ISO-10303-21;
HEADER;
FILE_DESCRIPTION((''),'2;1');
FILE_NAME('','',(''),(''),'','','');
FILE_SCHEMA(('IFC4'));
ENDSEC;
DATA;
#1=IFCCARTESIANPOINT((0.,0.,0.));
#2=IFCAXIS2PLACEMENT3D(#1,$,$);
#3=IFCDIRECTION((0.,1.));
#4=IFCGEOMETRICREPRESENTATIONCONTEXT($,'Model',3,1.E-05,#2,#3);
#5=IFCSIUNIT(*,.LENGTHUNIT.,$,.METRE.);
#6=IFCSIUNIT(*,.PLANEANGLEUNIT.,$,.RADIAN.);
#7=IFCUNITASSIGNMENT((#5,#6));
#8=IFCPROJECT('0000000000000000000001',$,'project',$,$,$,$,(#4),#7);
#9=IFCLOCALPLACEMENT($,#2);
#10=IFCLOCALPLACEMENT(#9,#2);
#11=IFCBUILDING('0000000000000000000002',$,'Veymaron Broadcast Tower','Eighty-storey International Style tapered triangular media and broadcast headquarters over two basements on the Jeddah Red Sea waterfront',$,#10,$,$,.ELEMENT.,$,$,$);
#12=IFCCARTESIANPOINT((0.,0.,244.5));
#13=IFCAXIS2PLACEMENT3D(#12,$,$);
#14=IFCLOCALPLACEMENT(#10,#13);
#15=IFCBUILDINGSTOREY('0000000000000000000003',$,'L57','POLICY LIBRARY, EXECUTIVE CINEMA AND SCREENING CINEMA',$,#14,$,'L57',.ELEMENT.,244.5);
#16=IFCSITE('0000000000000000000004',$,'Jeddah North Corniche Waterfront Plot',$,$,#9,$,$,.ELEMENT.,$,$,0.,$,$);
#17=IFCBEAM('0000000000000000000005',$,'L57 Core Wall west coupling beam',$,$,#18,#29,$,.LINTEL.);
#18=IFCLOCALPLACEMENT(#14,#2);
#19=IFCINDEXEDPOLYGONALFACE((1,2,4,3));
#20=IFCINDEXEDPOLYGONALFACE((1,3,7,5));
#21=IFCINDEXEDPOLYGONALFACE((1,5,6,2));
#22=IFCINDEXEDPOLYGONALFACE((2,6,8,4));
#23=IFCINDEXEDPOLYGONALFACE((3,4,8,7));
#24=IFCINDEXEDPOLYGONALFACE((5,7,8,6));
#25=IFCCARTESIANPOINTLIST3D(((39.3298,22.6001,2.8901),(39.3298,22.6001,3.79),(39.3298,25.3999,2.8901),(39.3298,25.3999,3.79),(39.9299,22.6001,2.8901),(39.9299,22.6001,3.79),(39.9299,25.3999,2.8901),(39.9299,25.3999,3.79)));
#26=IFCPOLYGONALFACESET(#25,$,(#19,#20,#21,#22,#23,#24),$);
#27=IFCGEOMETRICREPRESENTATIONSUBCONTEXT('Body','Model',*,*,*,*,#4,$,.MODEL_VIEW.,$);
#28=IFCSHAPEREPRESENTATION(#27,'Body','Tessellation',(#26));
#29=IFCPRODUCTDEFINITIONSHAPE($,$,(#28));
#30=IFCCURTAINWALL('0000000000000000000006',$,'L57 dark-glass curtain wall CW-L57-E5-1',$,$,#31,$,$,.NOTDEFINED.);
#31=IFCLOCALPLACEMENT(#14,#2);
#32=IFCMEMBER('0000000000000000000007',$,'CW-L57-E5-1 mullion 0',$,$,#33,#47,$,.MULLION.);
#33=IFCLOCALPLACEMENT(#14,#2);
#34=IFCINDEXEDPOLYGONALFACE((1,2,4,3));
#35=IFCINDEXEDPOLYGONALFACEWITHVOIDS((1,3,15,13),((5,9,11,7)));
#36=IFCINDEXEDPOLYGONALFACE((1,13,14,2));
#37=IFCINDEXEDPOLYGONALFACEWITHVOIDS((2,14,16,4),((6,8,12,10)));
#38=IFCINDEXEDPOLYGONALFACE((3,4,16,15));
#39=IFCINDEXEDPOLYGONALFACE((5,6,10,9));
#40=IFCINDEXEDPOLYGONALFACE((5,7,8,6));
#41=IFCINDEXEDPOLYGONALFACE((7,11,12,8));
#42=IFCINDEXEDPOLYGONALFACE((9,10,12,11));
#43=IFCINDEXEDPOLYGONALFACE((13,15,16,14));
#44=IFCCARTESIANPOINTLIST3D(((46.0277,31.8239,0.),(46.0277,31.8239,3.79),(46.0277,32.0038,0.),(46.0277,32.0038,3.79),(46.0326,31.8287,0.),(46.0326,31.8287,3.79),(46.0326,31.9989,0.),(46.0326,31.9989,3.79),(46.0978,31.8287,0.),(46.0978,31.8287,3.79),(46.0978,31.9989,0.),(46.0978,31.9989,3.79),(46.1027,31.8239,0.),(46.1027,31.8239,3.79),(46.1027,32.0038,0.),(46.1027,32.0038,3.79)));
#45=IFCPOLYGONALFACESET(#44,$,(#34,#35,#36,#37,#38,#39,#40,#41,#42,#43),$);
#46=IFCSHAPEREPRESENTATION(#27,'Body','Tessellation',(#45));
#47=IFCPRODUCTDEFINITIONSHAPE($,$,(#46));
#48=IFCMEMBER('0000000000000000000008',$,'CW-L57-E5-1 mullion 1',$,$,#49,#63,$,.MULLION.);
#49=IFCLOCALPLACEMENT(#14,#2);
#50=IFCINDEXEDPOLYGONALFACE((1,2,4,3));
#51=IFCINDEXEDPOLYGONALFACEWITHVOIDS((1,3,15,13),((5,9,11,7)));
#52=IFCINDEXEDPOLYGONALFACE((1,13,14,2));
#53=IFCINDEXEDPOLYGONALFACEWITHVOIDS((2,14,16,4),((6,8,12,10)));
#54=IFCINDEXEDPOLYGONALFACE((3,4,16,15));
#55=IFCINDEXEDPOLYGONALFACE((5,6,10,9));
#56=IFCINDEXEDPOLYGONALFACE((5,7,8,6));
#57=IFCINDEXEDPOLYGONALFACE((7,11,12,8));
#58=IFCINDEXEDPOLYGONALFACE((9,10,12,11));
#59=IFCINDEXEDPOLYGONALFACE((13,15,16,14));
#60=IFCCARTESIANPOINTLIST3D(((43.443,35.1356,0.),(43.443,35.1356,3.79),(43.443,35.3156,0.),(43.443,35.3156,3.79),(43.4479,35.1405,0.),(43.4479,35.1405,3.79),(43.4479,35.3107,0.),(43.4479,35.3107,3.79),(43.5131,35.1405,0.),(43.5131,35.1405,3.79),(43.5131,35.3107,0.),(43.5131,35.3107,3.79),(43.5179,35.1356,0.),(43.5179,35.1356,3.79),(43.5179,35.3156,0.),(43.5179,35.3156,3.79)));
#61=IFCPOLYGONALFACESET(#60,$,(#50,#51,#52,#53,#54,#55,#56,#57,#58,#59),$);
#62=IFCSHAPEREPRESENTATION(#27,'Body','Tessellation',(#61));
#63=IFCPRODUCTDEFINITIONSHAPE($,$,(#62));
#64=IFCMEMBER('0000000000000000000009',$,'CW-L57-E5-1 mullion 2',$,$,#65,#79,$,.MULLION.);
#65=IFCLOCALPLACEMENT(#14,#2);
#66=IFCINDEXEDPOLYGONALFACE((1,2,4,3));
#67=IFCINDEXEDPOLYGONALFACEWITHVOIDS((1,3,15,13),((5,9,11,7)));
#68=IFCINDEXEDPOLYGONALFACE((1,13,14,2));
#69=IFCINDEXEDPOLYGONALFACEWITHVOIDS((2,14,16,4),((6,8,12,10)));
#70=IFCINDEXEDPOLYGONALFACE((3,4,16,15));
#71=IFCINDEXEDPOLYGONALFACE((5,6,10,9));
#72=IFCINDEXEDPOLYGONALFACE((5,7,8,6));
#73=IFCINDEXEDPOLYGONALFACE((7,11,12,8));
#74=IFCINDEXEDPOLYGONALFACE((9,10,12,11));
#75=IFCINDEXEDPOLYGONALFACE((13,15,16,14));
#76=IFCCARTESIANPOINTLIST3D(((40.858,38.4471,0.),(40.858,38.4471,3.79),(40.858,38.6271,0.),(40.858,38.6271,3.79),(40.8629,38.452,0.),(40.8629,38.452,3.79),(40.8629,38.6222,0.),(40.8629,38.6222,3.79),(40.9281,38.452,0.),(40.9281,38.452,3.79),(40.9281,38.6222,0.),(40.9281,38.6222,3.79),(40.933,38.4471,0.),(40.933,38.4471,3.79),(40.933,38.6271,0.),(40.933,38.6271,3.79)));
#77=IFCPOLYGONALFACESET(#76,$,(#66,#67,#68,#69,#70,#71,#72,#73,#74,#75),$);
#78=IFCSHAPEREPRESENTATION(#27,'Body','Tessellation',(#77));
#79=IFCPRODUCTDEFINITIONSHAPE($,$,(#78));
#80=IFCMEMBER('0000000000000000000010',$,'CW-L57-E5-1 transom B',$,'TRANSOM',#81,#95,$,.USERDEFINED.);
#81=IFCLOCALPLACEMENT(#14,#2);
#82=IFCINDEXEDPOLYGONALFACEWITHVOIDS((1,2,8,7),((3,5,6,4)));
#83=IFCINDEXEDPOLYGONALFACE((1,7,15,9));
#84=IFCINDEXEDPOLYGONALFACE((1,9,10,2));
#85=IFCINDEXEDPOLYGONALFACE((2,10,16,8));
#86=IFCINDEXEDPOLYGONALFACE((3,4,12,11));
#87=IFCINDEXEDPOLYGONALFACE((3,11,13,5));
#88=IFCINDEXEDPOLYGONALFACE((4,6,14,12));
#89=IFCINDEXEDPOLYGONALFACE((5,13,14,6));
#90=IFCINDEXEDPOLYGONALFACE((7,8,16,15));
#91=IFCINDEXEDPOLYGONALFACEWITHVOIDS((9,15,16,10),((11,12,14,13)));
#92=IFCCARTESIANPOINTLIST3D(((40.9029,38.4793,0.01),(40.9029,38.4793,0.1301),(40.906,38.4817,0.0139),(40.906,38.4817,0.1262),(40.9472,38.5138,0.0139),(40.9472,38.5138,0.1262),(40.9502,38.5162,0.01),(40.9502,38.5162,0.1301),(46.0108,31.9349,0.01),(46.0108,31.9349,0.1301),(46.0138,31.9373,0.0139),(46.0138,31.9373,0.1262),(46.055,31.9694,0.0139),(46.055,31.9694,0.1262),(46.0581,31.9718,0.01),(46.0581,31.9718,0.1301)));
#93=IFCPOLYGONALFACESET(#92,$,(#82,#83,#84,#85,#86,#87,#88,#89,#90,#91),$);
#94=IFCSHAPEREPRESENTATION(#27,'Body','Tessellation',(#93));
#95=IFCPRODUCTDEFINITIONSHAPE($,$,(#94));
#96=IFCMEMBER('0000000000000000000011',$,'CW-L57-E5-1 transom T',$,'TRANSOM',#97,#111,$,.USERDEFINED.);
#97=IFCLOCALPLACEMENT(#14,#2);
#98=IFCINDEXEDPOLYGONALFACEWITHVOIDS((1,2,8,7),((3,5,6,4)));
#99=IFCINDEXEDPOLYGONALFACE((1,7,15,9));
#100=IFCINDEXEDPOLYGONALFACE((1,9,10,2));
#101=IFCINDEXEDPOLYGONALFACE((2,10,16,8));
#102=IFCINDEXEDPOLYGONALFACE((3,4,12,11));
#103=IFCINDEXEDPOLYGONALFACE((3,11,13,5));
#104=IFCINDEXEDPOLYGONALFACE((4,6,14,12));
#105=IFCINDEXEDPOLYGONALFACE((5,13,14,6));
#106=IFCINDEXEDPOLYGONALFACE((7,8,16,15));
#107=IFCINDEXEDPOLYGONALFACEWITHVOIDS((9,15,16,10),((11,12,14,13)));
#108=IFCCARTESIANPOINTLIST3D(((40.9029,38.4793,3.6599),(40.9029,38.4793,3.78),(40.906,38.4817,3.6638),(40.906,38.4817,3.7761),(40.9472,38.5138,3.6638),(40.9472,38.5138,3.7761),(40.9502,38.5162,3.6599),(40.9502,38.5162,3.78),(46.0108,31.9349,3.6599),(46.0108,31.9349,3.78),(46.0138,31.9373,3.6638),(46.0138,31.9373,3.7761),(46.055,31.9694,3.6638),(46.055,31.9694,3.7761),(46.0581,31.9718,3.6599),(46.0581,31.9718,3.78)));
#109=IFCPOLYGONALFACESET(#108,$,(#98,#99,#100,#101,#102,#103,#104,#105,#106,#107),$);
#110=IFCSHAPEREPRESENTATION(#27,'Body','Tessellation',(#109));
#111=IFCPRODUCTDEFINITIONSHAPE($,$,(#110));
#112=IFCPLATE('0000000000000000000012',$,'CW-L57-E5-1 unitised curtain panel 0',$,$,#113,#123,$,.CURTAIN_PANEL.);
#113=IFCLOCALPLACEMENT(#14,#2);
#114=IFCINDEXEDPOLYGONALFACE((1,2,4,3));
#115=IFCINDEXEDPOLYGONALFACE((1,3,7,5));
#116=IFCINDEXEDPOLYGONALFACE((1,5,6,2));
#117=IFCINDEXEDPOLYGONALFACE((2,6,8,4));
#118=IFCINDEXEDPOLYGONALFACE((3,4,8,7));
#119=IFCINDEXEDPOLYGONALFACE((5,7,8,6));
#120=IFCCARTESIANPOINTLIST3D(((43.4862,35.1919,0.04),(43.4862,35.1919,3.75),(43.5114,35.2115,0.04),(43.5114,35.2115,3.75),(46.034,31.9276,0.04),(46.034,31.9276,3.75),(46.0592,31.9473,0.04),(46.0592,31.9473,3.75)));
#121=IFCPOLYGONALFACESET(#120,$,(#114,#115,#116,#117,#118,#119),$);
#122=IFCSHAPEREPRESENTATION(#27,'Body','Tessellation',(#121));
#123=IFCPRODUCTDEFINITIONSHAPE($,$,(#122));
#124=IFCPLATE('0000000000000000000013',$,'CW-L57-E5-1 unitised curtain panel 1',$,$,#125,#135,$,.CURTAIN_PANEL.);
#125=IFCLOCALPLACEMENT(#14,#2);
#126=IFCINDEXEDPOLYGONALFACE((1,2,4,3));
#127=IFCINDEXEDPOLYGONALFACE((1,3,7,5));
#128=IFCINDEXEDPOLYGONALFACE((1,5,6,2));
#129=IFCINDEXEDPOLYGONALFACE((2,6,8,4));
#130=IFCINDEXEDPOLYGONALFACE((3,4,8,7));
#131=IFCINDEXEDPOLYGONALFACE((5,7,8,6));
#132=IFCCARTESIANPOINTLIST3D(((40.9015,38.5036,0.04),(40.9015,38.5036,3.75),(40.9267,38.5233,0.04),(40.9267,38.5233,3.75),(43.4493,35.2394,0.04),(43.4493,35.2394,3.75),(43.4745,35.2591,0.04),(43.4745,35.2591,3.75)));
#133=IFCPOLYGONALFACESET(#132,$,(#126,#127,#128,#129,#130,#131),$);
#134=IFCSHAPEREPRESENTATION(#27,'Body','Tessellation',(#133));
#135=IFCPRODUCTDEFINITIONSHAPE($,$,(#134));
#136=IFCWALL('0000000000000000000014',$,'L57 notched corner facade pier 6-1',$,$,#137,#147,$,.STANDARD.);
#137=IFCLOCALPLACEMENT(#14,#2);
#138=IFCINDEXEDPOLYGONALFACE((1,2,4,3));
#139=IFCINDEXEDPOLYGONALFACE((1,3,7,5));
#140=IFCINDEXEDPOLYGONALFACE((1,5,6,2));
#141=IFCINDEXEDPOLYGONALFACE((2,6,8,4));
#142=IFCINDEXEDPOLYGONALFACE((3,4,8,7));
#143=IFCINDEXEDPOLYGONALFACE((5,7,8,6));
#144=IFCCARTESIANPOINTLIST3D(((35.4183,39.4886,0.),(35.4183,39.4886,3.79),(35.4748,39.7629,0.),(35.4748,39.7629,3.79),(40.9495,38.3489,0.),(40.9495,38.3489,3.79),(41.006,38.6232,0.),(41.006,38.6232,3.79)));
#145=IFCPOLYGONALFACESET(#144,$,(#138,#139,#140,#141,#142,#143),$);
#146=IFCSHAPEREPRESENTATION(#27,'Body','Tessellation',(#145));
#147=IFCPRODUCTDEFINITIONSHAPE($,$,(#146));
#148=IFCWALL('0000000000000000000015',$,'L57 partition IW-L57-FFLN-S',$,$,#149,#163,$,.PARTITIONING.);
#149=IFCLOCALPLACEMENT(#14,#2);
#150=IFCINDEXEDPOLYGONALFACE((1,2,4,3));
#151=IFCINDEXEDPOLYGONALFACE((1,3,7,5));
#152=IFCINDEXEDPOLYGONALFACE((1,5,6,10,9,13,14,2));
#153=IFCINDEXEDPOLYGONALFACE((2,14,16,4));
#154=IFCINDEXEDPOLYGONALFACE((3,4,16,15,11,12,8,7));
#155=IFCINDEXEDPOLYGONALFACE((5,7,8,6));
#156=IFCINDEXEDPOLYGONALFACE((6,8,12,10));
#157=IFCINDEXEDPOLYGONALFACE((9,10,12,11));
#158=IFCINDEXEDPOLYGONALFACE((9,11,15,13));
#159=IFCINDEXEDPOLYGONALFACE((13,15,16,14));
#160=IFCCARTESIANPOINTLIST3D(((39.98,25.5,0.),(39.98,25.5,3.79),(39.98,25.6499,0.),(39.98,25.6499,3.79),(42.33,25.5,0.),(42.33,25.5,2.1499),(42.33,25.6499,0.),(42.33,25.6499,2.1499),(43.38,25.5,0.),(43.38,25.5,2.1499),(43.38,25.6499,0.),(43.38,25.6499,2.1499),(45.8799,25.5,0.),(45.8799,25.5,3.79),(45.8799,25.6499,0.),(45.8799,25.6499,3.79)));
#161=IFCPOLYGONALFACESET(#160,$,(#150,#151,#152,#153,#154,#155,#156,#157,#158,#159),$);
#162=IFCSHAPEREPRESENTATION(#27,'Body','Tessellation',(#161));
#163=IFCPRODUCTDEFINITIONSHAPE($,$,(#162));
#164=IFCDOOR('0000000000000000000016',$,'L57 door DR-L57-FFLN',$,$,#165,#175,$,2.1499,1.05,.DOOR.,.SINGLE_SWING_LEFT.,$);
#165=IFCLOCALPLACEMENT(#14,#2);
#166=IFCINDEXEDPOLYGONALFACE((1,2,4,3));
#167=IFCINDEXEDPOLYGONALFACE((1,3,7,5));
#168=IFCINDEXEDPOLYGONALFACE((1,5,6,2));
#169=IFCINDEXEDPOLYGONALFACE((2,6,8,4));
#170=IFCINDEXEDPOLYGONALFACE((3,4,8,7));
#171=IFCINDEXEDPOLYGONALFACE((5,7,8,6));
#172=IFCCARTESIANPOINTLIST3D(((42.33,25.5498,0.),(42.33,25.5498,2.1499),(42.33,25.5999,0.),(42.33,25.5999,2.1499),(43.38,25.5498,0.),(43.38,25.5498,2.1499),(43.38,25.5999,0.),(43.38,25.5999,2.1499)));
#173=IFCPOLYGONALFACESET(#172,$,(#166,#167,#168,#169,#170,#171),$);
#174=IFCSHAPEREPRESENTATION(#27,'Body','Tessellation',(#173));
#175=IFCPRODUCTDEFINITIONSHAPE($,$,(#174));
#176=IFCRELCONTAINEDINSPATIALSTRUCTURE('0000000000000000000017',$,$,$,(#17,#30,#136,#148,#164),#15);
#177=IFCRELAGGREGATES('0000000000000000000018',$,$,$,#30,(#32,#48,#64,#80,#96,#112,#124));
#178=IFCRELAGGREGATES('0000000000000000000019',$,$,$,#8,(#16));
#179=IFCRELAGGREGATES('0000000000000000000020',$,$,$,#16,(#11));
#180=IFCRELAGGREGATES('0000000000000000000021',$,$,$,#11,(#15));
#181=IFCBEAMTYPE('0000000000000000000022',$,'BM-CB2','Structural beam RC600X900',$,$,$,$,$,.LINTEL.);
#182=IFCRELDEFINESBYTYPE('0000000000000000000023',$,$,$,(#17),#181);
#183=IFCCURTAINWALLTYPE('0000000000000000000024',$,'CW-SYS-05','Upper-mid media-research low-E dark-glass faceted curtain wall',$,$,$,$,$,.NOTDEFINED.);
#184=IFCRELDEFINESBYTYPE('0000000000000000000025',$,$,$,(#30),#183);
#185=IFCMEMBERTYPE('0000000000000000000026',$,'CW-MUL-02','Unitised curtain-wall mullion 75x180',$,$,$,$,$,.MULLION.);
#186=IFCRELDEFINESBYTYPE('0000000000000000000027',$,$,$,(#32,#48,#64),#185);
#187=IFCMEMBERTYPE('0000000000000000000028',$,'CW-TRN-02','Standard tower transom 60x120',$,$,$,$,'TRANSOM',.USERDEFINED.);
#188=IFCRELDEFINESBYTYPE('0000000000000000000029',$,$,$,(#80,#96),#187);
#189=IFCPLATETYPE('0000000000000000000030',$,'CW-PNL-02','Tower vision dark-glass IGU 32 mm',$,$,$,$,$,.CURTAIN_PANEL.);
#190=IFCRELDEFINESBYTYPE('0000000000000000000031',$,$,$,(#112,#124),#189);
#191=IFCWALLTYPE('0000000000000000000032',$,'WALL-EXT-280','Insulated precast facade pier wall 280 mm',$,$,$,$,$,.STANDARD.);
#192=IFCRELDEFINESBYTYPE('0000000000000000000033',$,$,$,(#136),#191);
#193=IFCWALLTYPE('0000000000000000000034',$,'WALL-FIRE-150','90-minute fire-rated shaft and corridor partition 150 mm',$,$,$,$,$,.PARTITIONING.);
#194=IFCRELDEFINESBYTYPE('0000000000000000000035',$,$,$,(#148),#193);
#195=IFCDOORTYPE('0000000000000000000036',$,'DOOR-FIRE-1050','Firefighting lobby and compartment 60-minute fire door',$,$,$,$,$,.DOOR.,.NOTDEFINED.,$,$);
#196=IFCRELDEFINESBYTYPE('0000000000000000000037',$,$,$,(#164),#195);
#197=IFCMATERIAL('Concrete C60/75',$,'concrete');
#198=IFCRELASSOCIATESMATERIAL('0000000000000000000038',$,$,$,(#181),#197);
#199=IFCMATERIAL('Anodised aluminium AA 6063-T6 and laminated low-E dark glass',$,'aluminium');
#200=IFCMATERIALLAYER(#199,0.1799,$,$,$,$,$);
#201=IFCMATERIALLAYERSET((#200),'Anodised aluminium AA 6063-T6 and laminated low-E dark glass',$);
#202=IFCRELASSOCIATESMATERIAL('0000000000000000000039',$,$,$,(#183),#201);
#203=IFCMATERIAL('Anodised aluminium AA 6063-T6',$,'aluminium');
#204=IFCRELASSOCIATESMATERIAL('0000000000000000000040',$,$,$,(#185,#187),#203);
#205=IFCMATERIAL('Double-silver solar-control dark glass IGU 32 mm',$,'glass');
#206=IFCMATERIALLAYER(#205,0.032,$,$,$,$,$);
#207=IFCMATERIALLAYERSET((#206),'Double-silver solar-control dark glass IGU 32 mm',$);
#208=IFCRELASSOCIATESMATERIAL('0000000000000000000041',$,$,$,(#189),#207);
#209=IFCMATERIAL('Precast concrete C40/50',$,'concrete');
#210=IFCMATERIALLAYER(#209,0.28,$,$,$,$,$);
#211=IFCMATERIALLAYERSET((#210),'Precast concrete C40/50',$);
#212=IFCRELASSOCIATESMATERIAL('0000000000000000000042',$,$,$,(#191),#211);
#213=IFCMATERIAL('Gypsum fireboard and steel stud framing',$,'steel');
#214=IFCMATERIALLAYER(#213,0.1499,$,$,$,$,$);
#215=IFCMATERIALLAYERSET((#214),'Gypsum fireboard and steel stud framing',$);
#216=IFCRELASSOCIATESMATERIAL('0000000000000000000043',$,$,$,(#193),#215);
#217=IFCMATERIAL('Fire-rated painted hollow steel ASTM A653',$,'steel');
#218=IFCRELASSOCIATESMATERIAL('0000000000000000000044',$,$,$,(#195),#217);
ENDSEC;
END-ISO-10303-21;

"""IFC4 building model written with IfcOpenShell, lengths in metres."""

from ifc_helpers import new_model, si_unit, direction, frame, frame_2d, origin, origin_2d, place, context, subcontext, project, spatial, rectangle, hollow_rectangle, extrude, material, layer, layer_set, material_profile, profile_set, type_object, element, fill, aggregate, save


model = new_model("IFC4")

# Units and contexts
model_context = context("Model", 3, precision=1e-05, world=origin(), true_north=direction((0.0, 1.0)))
body_context = subcontext(model_context, "Body", "Model", "MODEL_VIEW")
ifc_project = project(units=[si_unit("LENGTHUNIT", "METRE"), si_unit("PLANEANGLEUNIT", "RADIAN")], contexts=[model_context])

# Site, building, storey
site_placement = place(None, origin())
site = spatial("IfcSite", under=ifc_project, at=site_placement, Name="Jeddah North Corniche Waterfront Plot", CompositionType="ELEMENT", RefElevation=0.0)
building_placement = place(site_placement, origin())
building = spatial("IfcBuilding", under=site, at=building_placement, Name="Veymaron Broadcast Tower", Description="Eighty-storey International Style tapered triangular media and broadcast headquarters over two basements on the Jeddah Red Sea waterfront", CompositionType="ELEMENT")
storey_placement = place(building_placement, frame((0.0, 0.0, 244.5)))
storey = spatial("IfcBuildingStorey", under=building, at=storey_placement, Name="L57", Description="POLICY LIBRARY, EXECUTIVE CINEMA AND SCREENING CINEMA", LongName="L57", CompositionType="ELEMENT", Elevation=244.5)

# Beam
ifc_material_1 = material(Name="Concrete C60/75", Category="concrete")
ifc_material_profile_1 = material_profile(ifc_material_1, rectangle(XDim=0.6001, YDim=0.8999, at=origin_2d()), Name="RC600X900")
ifc_profile_set_1 = profile_set([ifc_material_profile_1], Name="Concrete C60/75")
beam_type = type_object("IfcBeamType", Name="BM-CB2", Description="Structural beam RC600X900", PredefinedType="LINTEL", material=ifc_profile_set_1)
beam_placement = place(storey_placement, frame((39.6299, 22.6001, 3.3401), z_axis=(0.0, 1.0, 0.0), x_axis=(-1.0, 0.0, 0.0)))
element("IfcBeam", 1, at=beam_placement, inside=storey, type_object=beam_type, Name="L57 Core Wall west coupling beam", PredefinedType="LINTEL", context=body_context, shape_type="SweptSolid", body=[
    extrude(rectangle(XDim=0.6001, YDim=0.8999, at=origin_2d()), origin(), (0.0, 0.0, 1.0), 2.7998),
])

# Curtain wall, members, plates
ifc_material_2 = material(Name="Anodised aluminium AA 6063-T6 and laminated low-E dark glass", Category="aluminium")
ifc_layer_1 = layer(ifc_material_2, 0.1799)
ifc_layer_set_1 = layer_set([ifc_layer_1], Name="Anodised aluminium AA 6063-T6 and laminated low-E dark glass")
curtain_wall_type = type_object("IfcCurtainWallType", Name="CW-SYS-05", Description="Upper-mid media-research low-E dark-glass faceted curtain wall", PredefinedType="NOTDEFINED", material=ifc_layer_set_1)
curtain_wall_placement = place(storey_placement, origin())
curtain_wall = element("IfcCurtainWall", 2, at=curtain_wall_placement, inside=storey, type_object=curtain_wall_type, Name="L57 dark-glass curtain wall CW-L57-E5-1", PredefinedType="NOTDEFINED")
ifc_material_3 = material(Name="Anodised aluminium AA 6063-T6", Category="aluminium")
ifc_material_profile_2 = material_profile(ifc_material_3, hollow_rectangle(XDim=0.075, YDim=0.1799, WallThickness=0.0049, at=origin_2d()), Name="AL180X75X5")
ifc_profile_set_2 = profile_set([ifc_material_profile_2], Name="Anodised aluminium AA 6063-T6")
member_type_1 = type_object("IfcMemberType", Name="CW-MUL-02", Description="Unitised curtain-wall mullion 75x180", PredefinedType="MULLION", material=ifc_profile_set_2)
member_1_placement = place(storey_placement, frame((46.0652, 31.9138, 0.0), z_axis=(0.0, 0.0, 1.0), x_axis=(1.0, 0.0, 0.0)))
member_1 = element("IfcMember", 3, at=member_1_placement, type_object=member_type_1, Name="CW-L57-E5-1 mullion 0", PredefinedType="MULLION", context=body_context, shape_type="SweptSolid", body=[
    extrude(hollow_rectangle(XDim=0.075, YDim=0.1799, WallThickness=0.0049, at=origin_2d()), origin(), (0.0, 0.0, 1.0), 3.79),
])
member_2_placement = place(storey_placement, frame((43.4805, 35.2256, 0.0), z_axis=(0.0, 0.0, 1.0), x_axis=(1.0, 0.0, 0.0)))
member_2 = element("IfcMember", 4, at=member_2_placement, type_object=member_type_1, Name="CW-L57-E5-1 mullion 1", PredefinedType="MULLION", context=body_context, shape_type="SweptSolid", body=[
    extrude(hollow_rectangle(XDim=0.075, YDim=0.1799, WallThickness=0.0049, at=origin_2d()), origin(), (0.0, 0.0, 1.0), 3.79),
])
member_3_placement = place(storey_placement, frame((40.8955, 38.5371, 0.0), z_axis=(0.0, 0.0, 1.0), x_axis=(1.0, 0.0, 0.0)))
member_3 = element("IfcMember", 5, at=member_3_placement, type_object=member_type_1, Name="CW-L57-E5-1 mullion 2", PredefinedType="MULLION", context=body_context, shape_type="SweptSolid", body=[
    extrude(hollow_rectangle(XDim=0.075, YDim=0.1799, WallThickness=0.0049, at=origin_2d()), origin(), (0.0, 0.0, 1.0), 3.79),
])
ifc_material_profile_3 = material_profile(ifc_material_3, hollow_rectangle(XDim=0.0601, YDim=0.1201, WallThickness=0.0039, at=origin_2d()), Name="AL120X60X4")
ifc_profile_set_3 = profile_set([ifc_material_profile_3], Name="Anodised aluminium AA 6063-T6")
member_type_2 = type_object("IfcMemberType", Name="CW-TRN-02", Description="Standard tower transom 60x120", ElementType="TRANSOM", PredefinedType="USERDEFINED", material=ifc_profile_set_3)
member_4_placement = place(storey_placement, frame((46.0344, 31.9534, 0.0701), z_axis=(-0.615275, 0.788312, 0.0), x_axis=(-0.788312, -0.615275, 0.0)))
member_4 = element("IfcMember", 6, at=member_4_placement, type_object=member_type_2, Name="CW-L57-E5-1 transom B", ObjectType="TRANSOM", PredefinedType="USERDEFINED", context=body_context, shape_type="SweptSolid", body=[
    extrude(hollow_rectangle(XDim=0.0601, YDim=0.1201, WallThickness=0.0039, at=origin_2d()), origin(), (0.0, 0.0, 1.0), 8.3018),
])
member_5_placement = place(storey_placement, frame((46.0344, 31.9534, 3.72), z_axis=(-0.615275, 0.788312, 0.0), x_axis=(-0.788312, -0.615275, 0.0)))
member_5 = element("IfcMember", 7, at=member_5_placement, type_object=member_type_2, Name="CW-L57-E5-1 transom T", ObjectType="TRANSOM", PredefinedType="USERDEFINED", context=body_context, shape_type="SweptSolid", body=[
    extrude(hollow_rectangle(XDim=0.0601, YDim=0.1201, WallThickness=0.0039, at=origin_2d()), origin(), (0.0, 0.0, 1.0), 8.3018),
])
ifc_material_4 = material(Name="Double-silver solar-control dark glass IGU 32 mm", Category="glass")
ifc_layer_2 = layer(ifc_material_4, 0.032)
ifc_layer_set_2 = layer_set([ifc_layer_2], Name="Double-silver solar-control dark glass IGU 32 mm")
plate_type = type_object("IfcPlateType", Name="CW-PNL-02", Description="Tower vision dark-glass IGU 32 mm", PredefinedType="CURTAIN_PANEL", material=ifc_layer_set_2)
plate_1_placement = place(storey_placement, frame((44.7727, 33.5696, 0.04), z_axis=(0.0, 0.0, 1.0), x_axis=(-0.61529, 0.788301, 0.0)))
plate_1 = element("IfcPlate", 8, at=plate_1_placement, type_object=plate_type, Name="CW-L57-E5-1 unitised curtain panel 0", PredefinedType="CURTAIN_PANEL", context=body_context, shape_type="SweptSolid", body=[
    extrude(rectangle(XDim=4.1409, YDim=0.032, at=origin_2d()), origin(), (0.0, 0.0, 1.0), 3.71),
])
plate_2_placement = place(storey_placement, frame((42.188, 36.8813, 0.04), z_axis=(0.0, 0.0, 1.0), x_axis=(-0.61529, 0.788301, 0.0)))
plate_2 = element("IfcPlate", 9, at=plate_2_placement, type_object=plate_type, Name="CW-L57-E5-1 unitised curtain panel 1", PredefinedType="CURTAIN_PANEL", context=body_context, shape_type="SweptSolid", body=[
    extrude(rectangle(XDim=4.1409, YDim=0.032, at=origin_2d()), origin(), (0.0, 0.0, 1.0), 3.71),
])
aggregate(curtain_wall, [member_1, member_2, member_3, member_4, member_5, plate_1, plate_2])

# Wall
ifc_material_5 = material(Name="Precast concrete C40/50", Category="concrete")
ifc_layer_3 = layer(ifc_material_5, 0.28)
ifc_layer_set_3 = layer_set([ifc_layer_3], Name="Precast concrete C40/50")
wall_type_1 = type_object("IfcWallType", Name="WALL-EXT-280", Description="Insulated precast facade pier wall 280 mm", PredefinedType="STANDARD", material=ifc_layer_set_3)
wall_1_placement = place(storey_placement, frame((40.9778, 38.4861, 0.0), z_axis=(0.0, 0.0, 1.0), x_axis=(-0.979427, 0.201799, 0.0)))
element("IfcWall", 10, at=wall_1_placement, inside=storey, type_object=wall_type_1, Name="L57 notched corner facade pier 6-1", PredefinedType="STANDARD", context=body_context, shape_type="SweptSolid", body=[
    extrude(rectangle(XDim=5.6475, YDim=0.28, at=frame_2d((2.8237, 0.0))), origin(), (0.0, 0.0, 1.0), 3.79),
])

# Wall, opening, door
ifc_material_6 = material(Name="Gypsum fireboard and steel stud framing", Category="steel")
ifc_layer_4 = layer(ifc_material_6, 0.1499)
ifc_layer_set_4 = layer_set([ifc_layer_4], Name="Gypsum fireboard and steel stud framing")
wall_type_2 = type_object("IfcWallType", Name="WALL-FIRE-150", Description="90-minute fire-rated shaft and corridor partition 150 mm", PredefinedType="PARTITIONING", material=ifc_layer_set_4)
wall_2_placement = place(storey_placement, frame((39.98, 25.575, 0.0), z_axis=(0.0, 0.0, 1.0), x_axis=(1.0, 0.0, 0.0)))
wall_2 = element("IfcWall", 11, at=wall_2_placement, inside=storey, type_object=wall_type_2, Name="L57 partition IW-L57-FFLN-S", PredefinedType="PARTITIONING", context=body_context, shape_type="SweptSolid", body=[
    extrude(rectangle(XDim=5.8999, YDim=0.1499, at=frame_2d((2.95, 0.0))), origin(), (0.0, 0.0, 1.0), 3.79),
])
opening_1_placement = place(wall_2_placement, frame((2.3501, 0.0, 0.0)))
opening_1 = element("IfcOpeningElement", 12, at=opening_1_placement, cuts=wall_2, PredefinedType="OPENING", context=body_context, shape_type="SweptSolid", body=[
    extrude(rectangle(XDim=1.05, YDim=2.1499, at=frame_2d((0.5249, 1.075))), frame((0.0, 0.085, 0.0), z_axis=(0.0, -1.0, 0.0), x_axis=(1.0, 0.0, 0.0)), (0.0, 0.0, 1.0), 0.1699),
])
ifc_material_7 = material(Name="Fire-rated painted hollow steel ASTM A653", Category="steel")
door_type_1 = type_object("IfcDoorType", Name="DOOR-FIRE-1050", Description="Firefighting lobby and compartment 60-minute fire door", OperationType="NOTDEFINED", PredefinedType="DOOR", material=ifc_material_7)
door_1_placement = place(opening_1_placement, origin())
door_1 = element("IfcDoor", 13, at=door_1_placement, inside=storey, type_object=door_type_1, Name="L57 door DR-L57-FFLN", OperationType="SINGLE_SWING_LEFT", OverallHeight=2.1499, OverallWidth=1.05, PredefinedType="DOOR", context=body_context, shape_type="SweptSolid", body=[
    extrude(rectangle(XDim=1.05, YDim=2.1499, at=frame_2d((0.5249, 1.075))), frame((0.0, 0.0249, 0.0), z_axis=(0.0, -1.0, 0.0), x_axis=(1.0, 0.0, 0.0)), (0.0, 0.0, 1.0), 0.05),
])
fill(opening_1, door_1)

save(model, "model.ifc")
